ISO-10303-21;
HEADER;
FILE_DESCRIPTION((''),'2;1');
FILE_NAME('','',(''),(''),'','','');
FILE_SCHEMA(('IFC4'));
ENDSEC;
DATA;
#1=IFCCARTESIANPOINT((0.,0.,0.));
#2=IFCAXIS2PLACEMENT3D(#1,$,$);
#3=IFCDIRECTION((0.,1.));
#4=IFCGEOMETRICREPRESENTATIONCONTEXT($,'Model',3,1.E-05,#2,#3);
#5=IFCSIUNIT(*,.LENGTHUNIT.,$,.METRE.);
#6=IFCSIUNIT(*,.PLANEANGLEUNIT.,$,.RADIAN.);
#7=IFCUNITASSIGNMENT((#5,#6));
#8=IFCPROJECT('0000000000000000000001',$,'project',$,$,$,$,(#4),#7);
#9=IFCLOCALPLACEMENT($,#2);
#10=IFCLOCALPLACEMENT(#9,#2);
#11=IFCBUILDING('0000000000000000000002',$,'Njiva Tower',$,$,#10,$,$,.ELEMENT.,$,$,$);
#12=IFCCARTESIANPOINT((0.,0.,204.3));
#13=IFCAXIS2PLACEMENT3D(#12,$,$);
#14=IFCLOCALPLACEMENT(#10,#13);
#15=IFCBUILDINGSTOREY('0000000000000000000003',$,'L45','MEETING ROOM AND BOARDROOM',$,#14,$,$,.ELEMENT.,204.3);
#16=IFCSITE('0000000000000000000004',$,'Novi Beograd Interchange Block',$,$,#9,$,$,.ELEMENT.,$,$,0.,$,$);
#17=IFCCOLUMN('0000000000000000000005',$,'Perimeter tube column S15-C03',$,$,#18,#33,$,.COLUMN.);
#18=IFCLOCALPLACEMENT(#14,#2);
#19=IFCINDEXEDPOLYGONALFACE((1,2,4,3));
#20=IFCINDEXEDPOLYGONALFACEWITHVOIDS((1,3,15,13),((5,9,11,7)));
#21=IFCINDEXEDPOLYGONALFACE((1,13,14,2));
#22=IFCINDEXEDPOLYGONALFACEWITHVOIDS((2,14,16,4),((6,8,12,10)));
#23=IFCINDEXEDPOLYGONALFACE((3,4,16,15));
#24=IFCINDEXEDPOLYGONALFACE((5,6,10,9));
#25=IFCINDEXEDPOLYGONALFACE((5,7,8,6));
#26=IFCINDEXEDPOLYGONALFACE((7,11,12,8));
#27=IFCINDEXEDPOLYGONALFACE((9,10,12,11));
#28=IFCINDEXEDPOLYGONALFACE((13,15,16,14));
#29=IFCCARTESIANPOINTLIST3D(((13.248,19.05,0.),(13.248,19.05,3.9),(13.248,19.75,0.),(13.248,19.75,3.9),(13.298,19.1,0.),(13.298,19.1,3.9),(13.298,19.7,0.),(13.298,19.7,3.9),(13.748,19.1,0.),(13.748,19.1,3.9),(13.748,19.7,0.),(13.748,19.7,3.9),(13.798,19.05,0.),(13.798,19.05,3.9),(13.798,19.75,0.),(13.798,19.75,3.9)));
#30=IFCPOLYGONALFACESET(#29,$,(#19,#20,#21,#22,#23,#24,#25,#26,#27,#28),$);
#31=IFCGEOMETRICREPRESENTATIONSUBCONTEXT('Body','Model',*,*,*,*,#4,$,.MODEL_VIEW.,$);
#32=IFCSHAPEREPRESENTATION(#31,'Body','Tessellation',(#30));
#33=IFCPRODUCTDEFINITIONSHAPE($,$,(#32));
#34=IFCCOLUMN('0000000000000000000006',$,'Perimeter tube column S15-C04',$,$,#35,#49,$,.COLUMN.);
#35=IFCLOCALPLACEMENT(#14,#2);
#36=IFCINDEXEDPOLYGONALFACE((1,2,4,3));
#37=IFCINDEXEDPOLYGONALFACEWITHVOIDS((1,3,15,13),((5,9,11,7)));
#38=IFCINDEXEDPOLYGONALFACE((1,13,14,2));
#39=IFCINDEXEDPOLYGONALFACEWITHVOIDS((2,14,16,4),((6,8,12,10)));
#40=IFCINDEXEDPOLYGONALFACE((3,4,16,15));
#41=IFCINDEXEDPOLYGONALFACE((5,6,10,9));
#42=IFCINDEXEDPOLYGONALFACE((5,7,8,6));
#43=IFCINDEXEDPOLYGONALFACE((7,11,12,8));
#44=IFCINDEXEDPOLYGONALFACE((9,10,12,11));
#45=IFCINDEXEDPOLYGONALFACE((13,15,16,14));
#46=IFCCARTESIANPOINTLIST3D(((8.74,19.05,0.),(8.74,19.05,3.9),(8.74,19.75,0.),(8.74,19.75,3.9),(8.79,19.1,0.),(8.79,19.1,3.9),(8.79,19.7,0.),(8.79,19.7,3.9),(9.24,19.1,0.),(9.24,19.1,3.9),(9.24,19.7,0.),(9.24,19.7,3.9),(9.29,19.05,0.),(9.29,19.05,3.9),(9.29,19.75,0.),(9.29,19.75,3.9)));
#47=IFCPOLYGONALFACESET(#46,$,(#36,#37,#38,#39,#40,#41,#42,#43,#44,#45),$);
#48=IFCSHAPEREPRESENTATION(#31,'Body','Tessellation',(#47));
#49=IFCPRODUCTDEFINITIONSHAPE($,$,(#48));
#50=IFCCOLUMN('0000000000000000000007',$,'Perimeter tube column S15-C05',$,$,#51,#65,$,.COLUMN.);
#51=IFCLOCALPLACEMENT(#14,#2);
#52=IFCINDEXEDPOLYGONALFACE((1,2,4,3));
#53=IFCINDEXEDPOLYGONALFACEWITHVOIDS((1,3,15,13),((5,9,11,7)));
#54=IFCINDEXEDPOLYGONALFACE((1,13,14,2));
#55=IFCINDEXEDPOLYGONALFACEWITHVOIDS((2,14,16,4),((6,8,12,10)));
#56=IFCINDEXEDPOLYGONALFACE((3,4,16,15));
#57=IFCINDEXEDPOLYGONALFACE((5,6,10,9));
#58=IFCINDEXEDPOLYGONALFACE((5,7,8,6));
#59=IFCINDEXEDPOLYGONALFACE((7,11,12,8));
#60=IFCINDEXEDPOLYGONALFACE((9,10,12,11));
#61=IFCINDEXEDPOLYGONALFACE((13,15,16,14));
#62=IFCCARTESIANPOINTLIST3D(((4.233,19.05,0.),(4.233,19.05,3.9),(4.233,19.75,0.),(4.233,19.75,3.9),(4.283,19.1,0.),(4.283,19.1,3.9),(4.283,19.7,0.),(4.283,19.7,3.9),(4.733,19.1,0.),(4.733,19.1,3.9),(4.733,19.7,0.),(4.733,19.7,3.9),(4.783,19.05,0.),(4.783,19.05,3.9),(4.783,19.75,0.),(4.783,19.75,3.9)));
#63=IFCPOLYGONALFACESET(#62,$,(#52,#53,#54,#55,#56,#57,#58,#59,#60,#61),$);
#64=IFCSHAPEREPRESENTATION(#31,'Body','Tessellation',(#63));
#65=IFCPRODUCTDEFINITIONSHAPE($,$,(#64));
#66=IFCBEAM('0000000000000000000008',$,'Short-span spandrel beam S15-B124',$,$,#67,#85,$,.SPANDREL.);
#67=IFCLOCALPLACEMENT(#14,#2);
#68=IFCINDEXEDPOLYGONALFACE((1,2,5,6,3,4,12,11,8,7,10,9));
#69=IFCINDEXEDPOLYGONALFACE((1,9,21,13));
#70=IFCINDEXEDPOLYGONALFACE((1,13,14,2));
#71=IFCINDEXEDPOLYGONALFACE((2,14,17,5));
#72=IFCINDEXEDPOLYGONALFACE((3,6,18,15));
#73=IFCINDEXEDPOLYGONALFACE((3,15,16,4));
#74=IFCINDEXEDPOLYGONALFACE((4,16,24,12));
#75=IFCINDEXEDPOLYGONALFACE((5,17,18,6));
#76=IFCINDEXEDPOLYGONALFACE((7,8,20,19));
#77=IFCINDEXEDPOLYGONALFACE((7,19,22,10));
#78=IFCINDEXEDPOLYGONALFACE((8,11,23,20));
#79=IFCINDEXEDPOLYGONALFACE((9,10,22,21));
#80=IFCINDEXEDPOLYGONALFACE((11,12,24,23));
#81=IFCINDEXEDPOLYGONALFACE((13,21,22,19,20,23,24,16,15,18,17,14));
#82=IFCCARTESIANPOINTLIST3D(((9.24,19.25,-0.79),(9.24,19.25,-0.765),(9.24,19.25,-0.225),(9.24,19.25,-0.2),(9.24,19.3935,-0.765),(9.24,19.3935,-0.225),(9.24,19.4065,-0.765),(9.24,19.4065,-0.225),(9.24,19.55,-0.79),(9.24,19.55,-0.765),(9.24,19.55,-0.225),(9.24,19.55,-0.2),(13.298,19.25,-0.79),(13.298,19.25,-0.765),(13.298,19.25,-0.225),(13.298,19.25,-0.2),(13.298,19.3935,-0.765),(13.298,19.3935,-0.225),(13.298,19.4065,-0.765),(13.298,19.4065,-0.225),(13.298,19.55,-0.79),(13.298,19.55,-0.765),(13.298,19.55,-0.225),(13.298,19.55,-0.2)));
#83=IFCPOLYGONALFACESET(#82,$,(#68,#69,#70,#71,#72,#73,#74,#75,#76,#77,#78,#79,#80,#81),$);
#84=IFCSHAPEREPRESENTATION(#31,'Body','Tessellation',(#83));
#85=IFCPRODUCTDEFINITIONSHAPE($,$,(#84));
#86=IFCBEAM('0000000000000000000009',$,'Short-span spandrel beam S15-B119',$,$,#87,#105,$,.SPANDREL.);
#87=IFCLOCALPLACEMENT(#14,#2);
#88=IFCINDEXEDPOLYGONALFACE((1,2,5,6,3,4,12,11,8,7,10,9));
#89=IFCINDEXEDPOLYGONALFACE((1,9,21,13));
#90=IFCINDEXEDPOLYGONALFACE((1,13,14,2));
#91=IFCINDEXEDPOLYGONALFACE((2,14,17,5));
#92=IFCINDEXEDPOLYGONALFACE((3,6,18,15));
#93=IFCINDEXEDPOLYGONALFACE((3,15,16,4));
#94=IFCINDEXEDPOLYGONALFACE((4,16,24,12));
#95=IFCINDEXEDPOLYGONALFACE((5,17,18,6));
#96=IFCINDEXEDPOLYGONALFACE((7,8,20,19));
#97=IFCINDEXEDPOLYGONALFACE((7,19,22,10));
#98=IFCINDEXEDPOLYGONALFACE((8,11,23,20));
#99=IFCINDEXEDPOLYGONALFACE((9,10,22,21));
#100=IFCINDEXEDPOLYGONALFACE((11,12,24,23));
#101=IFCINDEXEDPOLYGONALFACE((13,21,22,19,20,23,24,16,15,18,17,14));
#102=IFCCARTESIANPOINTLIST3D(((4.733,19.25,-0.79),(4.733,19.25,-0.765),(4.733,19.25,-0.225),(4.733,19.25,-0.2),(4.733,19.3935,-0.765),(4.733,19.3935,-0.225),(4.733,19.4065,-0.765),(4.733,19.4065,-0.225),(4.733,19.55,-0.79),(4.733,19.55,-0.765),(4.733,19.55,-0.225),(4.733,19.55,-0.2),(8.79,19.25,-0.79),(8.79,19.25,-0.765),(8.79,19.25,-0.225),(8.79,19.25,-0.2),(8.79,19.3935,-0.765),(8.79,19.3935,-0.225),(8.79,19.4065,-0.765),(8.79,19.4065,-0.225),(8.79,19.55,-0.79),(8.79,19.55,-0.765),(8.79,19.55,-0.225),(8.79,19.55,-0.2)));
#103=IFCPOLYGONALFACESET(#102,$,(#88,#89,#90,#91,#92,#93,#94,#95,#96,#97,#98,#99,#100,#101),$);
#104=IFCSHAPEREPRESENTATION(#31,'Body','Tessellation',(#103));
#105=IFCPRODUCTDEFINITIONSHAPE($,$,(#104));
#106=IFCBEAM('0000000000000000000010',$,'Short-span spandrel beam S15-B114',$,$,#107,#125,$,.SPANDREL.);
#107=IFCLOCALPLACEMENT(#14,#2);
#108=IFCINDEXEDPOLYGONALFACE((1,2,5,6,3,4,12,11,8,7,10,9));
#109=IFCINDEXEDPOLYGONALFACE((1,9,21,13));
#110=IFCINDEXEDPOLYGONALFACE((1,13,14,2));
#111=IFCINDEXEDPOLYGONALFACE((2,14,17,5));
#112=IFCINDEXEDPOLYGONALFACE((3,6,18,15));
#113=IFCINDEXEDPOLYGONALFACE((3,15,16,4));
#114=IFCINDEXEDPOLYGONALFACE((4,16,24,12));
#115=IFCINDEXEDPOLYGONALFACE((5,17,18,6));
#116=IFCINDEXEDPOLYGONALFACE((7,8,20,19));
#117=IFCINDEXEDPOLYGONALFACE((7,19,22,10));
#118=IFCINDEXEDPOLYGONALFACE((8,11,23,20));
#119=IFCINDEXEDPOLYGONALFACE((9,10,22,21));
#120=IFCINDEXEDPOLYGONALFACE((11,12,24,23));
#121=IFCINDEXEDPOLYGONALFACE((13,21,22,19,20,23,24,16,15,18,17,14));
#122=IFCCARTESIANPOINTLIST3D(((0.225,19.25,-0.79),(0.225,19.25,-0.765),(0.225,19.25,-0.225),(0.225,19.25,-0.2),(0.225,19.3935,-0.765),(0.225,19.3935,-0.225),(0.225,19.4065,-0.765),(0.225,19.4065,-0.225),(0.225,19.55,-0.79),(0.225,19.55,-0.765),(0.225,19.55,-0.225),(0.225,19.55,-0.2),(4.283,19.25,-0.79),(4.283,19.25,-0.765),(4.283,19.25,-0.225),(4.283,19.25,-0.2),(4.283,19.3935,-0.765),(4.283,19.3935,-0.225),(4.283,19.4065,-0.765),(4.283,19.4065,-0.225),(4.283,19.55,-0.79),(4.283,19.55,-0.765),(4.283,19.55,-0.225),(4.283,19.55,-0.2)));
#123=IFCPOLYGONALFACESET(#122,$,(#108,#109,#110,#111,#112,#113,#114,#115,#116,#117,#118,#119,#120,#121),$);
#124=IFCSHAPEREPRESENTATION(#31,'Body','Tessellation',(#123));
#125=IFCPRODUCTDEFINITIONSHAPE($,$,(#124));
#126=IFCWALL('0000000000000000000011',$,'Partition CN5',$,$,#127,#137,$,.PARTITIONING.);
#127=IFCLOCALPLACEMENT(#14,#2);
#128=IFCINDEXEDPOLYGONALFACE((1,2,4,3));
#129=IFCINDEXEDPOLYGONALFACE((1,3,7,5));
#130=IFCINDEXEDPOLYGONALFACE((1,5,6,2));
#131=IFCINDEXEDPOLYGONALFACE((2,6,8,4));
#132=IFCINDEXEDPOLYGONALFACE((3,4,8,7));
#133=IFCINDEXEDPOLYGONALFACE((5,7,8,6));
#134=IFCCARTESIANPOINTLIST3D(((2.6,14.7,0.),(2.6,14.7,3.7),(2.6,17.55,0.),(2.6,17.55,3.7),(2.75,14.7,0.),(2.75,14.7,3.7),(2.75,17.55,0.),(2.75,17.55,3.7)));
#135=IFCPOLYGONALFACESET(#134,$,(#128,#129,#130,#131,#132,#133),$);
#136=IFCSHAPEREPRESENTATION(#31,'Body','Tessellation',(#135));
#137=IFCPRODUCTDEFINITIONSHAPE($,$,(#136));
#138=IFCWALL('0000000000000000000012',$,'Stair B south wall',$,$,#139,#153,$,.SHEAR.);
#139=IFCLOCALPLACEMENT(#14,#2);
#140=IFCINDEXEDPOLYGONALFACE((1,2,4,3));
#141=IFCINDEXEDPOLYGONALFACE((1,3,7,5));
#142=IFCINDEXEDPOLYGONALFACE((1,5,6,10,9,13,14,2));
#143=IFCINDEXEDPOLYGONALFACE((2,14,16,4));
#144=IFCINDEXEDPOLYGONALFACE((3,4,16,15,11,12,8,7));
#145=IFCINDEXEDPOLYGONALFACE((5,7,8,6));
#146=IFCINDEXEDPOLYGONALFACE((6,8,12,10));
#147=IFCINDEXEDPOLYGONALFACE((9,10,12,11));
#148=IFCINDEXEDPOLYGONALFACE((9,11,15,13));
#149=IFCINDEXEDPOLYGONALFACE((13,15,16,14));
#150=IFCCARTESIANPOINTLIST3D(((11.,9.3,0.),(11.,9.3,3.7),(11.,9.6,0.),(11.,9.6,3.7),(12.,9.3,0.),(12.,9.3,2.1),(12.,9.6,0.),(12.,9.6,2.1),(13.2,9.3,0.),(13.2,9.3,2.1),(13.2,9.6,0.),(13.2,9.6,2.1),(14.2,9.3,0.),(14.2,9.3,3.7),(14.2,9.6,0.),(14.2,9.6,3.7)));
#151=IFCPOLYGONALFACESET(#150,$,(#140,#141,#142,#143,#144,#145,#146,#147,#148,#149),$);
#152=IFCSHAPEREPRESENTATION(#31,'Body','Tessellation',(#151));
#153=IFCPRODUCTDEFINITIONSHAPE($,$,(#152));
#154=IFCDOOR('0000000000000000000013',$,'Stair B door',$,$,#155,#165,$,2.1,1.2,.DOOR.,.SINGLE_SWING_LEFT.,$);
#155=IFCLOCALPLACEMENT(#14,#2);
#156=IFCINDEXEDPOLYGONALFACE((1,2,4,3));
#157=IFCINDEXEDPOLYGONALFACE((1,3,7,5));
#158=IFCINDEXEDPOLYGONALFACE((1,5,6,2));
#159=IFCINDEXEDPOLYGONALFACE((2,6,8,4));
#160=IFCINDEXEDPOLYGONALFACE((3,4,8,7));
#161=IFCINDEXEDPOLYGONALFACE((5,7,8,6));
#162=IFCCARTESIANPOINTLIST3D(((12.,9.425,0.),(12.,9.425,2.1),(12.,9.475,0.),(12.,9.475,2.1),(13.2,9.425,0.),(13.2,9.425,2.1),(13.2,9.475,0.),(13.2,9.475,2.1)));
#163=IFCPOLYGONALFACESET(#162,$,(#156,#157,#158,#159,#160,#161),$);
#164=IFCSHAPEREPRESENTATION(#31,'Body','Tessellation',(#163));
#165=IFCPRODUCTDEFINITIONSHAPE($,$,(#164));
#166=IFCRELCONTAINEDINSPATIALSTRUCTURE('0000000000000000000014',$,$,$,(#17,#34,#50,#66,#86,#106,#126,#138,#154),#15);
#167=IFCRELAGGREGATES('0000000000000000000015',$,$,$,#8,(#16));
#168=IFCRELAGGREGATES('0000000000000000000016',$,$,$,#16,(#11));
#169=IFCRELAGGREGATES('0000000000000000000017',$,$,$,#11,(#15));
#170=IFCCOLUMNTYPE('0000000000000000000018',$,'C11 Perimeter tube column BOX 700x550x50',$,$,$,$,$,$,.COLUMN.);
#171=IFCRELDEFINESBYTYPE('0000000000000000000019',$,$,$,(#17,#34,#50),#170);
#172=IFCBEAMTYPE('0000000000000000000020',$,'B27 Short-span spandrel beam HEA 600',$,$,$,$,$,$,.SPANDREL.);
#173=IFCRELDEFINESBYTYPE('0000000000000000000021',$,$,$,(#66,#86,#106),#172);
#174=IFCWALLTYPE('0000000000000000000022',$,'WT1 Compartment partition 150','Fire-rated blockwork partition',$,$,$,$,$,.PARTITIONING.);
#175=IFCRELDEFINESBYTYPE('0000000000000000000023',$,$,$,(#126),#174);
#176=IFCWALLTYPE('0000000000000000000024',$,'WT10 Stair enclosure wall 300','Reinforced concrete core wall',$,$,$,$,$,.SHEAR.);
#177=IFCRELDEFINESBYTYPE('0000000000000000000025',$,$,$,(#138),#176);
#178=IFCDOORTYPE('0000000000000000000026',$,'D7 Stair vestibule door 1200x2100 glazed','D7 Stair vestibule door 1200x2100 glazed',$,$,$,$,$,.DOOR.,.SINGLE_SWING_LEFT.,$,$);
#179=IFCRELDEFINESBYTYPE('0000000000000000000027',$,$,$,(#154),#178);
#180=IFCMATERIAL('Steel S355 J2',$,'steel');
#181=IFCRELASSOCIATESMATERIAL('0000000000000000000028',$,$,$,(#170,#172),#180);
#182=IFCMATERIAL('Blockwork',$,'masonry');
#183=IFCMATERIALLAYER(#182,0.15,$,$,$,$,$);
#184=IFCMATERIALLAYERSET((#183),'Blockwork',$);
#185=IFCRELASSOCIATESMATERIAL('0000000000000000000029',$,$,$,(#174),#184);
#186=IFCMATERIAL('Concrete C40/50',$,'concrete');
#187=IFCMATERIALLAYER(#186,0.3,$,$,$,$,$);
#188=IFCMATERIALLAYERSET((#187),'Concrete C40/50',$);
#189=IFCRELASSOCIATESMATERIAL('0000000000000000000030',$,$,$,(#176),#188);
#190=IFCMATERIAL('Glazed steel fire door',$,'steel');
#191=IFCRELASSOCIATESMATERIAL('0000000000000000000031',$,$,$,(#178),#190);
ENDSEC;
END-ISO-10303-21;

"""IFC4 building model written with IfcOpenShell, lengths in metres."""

from ifc_helpers import new_model, si_unit, direction, frame, frame_2d, origin, origin_2d, place, context, subcontext, project, spatial, rectangle, hollow_rectangle, i_section, extrude, material, layer, layer_set, material_profile, profile_set, type_object, element, fill, save


model = new_model("IFC4")

# Units and contexts
model_context = context("Model", 3, precision=1e-05, world=origin(), true_north=direction((0.0, 1.0)))
body_context = subcontext(model_context, "Body", "Model", "MODEL_VIEW")
ifc_project = project(units=[si_unit("LENGTHUNIT", "METRE"), si_unit("PLANEANGLEUNIT", "RADIAN")], contexts=[model_context])

# Site, building, storey
site_placement = place(None, origin())
site = spatial("IfcSite", under=ifc_project, at=site_placement, Name="Novi Beograd Interchange Block", CompositionType="ELEMENT", RefElevation=0.0)
building_placement = place(site_placement, origin())
building = spatial("IfcBuilding", under=site, at=building_placement, Name="Njiva Tower", CompositionType="ELEMENT")
storey_placement = place(building_placement, frame((0.0, 0.0, 204.3)))
storey = spatial("IfcBuildingStorey", under=building, at=storey_placement, Name="L45", Description="MEETING ROOM AND BOARDROOM", CompositionType="ELEMENT", Elevation=204.3)

# Columns
ifc_material_1 = material(Name="Steel S355 J2", Category="steel")
ifc_material_profile_1 = material_profile(ifc_material_1, hollow_rectangle(XDim=0.55, YDim=0.7, WallThickness=0.05, at=origin_2d()), Name="BOX 700x550x50")
ifc_profile_set_1 = profile_set([ifc_material_profile_1], Name="Steel S355 J2")
column_type = type_object("IfcColumnType", Name="C11 Perimeter tube column BOX 700x550x50", PredefinedType="COLUMN", material=ifc_profile_set_1)
for number, where, z_axis, x_axis, name in (
    (1, (13.523, 19.4, 0.0), (0.0, 0.0, 1.0), (-1.0, 0.0, 0.0), "Perimeter tube column S15-C03"),
    (2, (9.015, 19.4, 0.0), (0.0, 0.0, 1.0), (-1.0, 0.0, 0.0), "Perimeter tube column S15-C04"),
    (3, (4.508, 19.4, 0.0), (0.0, 0.0, 1.0), (-1.0, 0.0, 0.0), "Perimeter tube column S15-C05"),
):
    element("IfcColumn", number, at=place(storey_placement, frame(where, z_axis=z_axis, x_axis=x_axis)), inside=storey, type_object=column_type, Name=name, PredefinedType="COLUMN", context=body_context, shape_type="SweptSolid", body=[
        extrude(hollow_rectangle(XDim=0.55, YDim=0.7, WallThickness=0.05, at=origin_2d()), origin(), (0.0, 0.0, 1.0), 3.9),
    ])

# Beams
ifc_material_profile_2 = material_profile(ifc_material_1, i_section(OverallWidth=0.3, OverallDepth=0.59, WebThickness=0.013, FlangeThickness=0.025, at=origin_2d()), Name="HEA 600")
ifc_profile_set_2 = profile_set([ifc_material_profile_2], Name="Steel S355 J2")
beam_type = type_object("IfcBeamType", Name="B27 Short-span spandrel beam HEA 600", PredefinedType="SPANDREL", material=ifc_profile_set_2)
beam_1_placement = place(storey_placement, frame((13.298, 19.4, -0.495), z_axis=(-1.0, 0.0, 0.0), x_axis=(0.0, -1.0, 0.0)))
element("IfcBeam", 4, at=beam_1_placement, inside=storey, type_object=beam_type, Name="Short-span spandrel beam S15-B124", PredefinedType="SPANDREL", context=body_context, shape_type="SweptSolid", body=[
    extrude(i_section(OverallWidth=0.3, OverallDepth=0.59, WebThickness=0.013, FlangeThickness=0.025, at=origin_2d()), origin(), (0.0, 0.0, 1.0), 4.058),
])
beam_2_placement = place(storey_placement, frame((8.79, 19.4, -0.495), z_axis=(-1.0, 0.0, 0.0), x_axis=(0.0, -1.0, 0.0)))
element("IfcBeam", 5, at=beam_2_placement, inside=storey, type_object=beam_type, Name="Short-span spandrel beam S15-B119", PredefinedType="SPANDREL", context=body_context, shape_type="SweptSolid", body=[
    extrude(i_section(OverallWidth=0.3, OverallDepth=0.59, WebThickness=0.013, FlangeThickness=0.025, at=origin_2d()), origin(), (0.0, 0.0, 1.0), 4.057),
])
beam_3_placement = place(storey_placement, frame((4.283, 19.4, -0.495), z_axis=(-1.0, 0.0, 0.0), x_axis=(0.0, -1.0, 0.0)))
element("IfcBeam", 6, at=beam_3_placement, inside=storey, type_object=beam_type, Name="Short-span spandrel beam S15-B114", PredefinedType="SPANDREL", context=body_context, shape_type="SweptSolid", body=[
    extrude(i_section(OverallWidth=0.3, OverallDepth=0.59, WebThickness=0.013, FlangeThickness=0.025, at=origin_2d()), origin(), (0.0, 0.0, 1.0), 4.058),
])

# Wall
ifc_material_2 = material(Name="Blockwork", Category="masonry")
ifc_layer_1 = layer(ifc_material_2, 0.15)
ifc_layer_set_1 = layer_set([ifc_layer_1], Name="Blockwork")
wall_type_1 = type_object("IfcWallType", Name="WT1 Compartment partition 150", Description="Fire-rated blockwork partition", PredefinedType="PARTITIONING", material=ifc_layer_set_1)
wall_1_placement = place(storey_placement, frame((2.675, 14.7, 0.0), z_axis=(0.0, 0.0, 1.0), x_axis=(0.0, 1.0, 0.0)))
element("IfcWall", 7, at=wall_1_placement, inside=storey, type_object=wall_type_1, Name="Partition CN5", PredefinedType="PARTITIONING", context=body_context, shape_type="SweptSolid", body=[
    extrude(rectangle(XDim=2.85, YDim=0.15, at=frame_2d((1.425, 0.0))), origin(), (0.0, 0.0, 1.0), 3.7),
])

# Wall, opening, door
ifc_material_3 = material(Name="Concrete C40/50", Category="concrete")
ifc_layer_2 = layer(ifc_material_3, 0.3)
ifc_layer_set_2 = layer_set([ifc_layer_2], Name="Concrete C40/50")
wall_type_2 = type_object("IfcWallType", Name="WT10 Stair enclosure wall 300", Description="Reinforced concrete core wall", PredefinedType="SHEAR", material=ifc_layer_set_2)
wall_2_placement = place(storey_placement, frame((11.0, 9.45, 0.0), z_axis=(0.0, 0.0, 1.0), x_axis=(1.0, 0.0, 0.0)))
wall_2 = element("IfcWall", 8, at=wall_2_placement, inside=storey, type_object=wall_type_2, Name="Stair B south wall", PredefinedType="SHEAR", context=body_context, shape_type="SweptSolid", body=[
    extrude(rectangle(XDim=3.2, YDim=0.3, at=frame_2d((1.6, 0.0))), origin(), (0.0, 0.0, 1.0), 3.7),
])
opening_1_placement = place(wall_2_placement, frame((1.0, 0.0, 0.0)))
opening_1 = element("IfcOpeningElement", 9, at=opening_1_placement, cuts=wall_2, PredefinedType="OPENING", context=body_context, shape_type="SweptSolid", body=[
    extrude(rectangle(XDim=1.2, YDim=2.1, at=frame_2d((0.6, 1.05))), frame((0.0, 0.16, 0.0), z_axis=(0.0, -1.0, 0.0), x_axis=(1.0, 0.0, 0.0)), (0.0, 0.0, 1.0), 0.32),
])
ifc_material_4 = material(Name="Glazed steel fire door", Category="steel")
door_type_1 = type_object("IfcDoorType", Name="D7 Stair vestibule door 1200x2100 glazed", Description="D7 Stair vestibule door 1200x2100 glazed", OperationType="SINGLE_SWING_LEFT", PredefinedType="DOOR", material=ifc_material_4)
door_1_placement = place(opening_1_placement, origin())
door_1 = element("IfcDoor", 10, at=door_1_placement, inside=storey, type_object=door_type_1, Name="Stair B door", OperationType="SINGLE_SWING_LEFT", OverallHeight=2.1, OverallWidth=1.2, PredefinedType="DOOR", context=body_context, shape_type="SweptSolid", body=[
    extrude(rectangle(XDim=1.2, YDim=2.1, at=frame_2d((0.6, 1.05))), frame((0.0, 0.025, 0.0), z_axis=(0.0, -1.0, 0.0), x_axis=(1.0, 0.0, 0.0)), (0.0, 0.0, 1.0), 0.05),
])
fill(opening_1, door_1)

save(model, "model.ifc")
